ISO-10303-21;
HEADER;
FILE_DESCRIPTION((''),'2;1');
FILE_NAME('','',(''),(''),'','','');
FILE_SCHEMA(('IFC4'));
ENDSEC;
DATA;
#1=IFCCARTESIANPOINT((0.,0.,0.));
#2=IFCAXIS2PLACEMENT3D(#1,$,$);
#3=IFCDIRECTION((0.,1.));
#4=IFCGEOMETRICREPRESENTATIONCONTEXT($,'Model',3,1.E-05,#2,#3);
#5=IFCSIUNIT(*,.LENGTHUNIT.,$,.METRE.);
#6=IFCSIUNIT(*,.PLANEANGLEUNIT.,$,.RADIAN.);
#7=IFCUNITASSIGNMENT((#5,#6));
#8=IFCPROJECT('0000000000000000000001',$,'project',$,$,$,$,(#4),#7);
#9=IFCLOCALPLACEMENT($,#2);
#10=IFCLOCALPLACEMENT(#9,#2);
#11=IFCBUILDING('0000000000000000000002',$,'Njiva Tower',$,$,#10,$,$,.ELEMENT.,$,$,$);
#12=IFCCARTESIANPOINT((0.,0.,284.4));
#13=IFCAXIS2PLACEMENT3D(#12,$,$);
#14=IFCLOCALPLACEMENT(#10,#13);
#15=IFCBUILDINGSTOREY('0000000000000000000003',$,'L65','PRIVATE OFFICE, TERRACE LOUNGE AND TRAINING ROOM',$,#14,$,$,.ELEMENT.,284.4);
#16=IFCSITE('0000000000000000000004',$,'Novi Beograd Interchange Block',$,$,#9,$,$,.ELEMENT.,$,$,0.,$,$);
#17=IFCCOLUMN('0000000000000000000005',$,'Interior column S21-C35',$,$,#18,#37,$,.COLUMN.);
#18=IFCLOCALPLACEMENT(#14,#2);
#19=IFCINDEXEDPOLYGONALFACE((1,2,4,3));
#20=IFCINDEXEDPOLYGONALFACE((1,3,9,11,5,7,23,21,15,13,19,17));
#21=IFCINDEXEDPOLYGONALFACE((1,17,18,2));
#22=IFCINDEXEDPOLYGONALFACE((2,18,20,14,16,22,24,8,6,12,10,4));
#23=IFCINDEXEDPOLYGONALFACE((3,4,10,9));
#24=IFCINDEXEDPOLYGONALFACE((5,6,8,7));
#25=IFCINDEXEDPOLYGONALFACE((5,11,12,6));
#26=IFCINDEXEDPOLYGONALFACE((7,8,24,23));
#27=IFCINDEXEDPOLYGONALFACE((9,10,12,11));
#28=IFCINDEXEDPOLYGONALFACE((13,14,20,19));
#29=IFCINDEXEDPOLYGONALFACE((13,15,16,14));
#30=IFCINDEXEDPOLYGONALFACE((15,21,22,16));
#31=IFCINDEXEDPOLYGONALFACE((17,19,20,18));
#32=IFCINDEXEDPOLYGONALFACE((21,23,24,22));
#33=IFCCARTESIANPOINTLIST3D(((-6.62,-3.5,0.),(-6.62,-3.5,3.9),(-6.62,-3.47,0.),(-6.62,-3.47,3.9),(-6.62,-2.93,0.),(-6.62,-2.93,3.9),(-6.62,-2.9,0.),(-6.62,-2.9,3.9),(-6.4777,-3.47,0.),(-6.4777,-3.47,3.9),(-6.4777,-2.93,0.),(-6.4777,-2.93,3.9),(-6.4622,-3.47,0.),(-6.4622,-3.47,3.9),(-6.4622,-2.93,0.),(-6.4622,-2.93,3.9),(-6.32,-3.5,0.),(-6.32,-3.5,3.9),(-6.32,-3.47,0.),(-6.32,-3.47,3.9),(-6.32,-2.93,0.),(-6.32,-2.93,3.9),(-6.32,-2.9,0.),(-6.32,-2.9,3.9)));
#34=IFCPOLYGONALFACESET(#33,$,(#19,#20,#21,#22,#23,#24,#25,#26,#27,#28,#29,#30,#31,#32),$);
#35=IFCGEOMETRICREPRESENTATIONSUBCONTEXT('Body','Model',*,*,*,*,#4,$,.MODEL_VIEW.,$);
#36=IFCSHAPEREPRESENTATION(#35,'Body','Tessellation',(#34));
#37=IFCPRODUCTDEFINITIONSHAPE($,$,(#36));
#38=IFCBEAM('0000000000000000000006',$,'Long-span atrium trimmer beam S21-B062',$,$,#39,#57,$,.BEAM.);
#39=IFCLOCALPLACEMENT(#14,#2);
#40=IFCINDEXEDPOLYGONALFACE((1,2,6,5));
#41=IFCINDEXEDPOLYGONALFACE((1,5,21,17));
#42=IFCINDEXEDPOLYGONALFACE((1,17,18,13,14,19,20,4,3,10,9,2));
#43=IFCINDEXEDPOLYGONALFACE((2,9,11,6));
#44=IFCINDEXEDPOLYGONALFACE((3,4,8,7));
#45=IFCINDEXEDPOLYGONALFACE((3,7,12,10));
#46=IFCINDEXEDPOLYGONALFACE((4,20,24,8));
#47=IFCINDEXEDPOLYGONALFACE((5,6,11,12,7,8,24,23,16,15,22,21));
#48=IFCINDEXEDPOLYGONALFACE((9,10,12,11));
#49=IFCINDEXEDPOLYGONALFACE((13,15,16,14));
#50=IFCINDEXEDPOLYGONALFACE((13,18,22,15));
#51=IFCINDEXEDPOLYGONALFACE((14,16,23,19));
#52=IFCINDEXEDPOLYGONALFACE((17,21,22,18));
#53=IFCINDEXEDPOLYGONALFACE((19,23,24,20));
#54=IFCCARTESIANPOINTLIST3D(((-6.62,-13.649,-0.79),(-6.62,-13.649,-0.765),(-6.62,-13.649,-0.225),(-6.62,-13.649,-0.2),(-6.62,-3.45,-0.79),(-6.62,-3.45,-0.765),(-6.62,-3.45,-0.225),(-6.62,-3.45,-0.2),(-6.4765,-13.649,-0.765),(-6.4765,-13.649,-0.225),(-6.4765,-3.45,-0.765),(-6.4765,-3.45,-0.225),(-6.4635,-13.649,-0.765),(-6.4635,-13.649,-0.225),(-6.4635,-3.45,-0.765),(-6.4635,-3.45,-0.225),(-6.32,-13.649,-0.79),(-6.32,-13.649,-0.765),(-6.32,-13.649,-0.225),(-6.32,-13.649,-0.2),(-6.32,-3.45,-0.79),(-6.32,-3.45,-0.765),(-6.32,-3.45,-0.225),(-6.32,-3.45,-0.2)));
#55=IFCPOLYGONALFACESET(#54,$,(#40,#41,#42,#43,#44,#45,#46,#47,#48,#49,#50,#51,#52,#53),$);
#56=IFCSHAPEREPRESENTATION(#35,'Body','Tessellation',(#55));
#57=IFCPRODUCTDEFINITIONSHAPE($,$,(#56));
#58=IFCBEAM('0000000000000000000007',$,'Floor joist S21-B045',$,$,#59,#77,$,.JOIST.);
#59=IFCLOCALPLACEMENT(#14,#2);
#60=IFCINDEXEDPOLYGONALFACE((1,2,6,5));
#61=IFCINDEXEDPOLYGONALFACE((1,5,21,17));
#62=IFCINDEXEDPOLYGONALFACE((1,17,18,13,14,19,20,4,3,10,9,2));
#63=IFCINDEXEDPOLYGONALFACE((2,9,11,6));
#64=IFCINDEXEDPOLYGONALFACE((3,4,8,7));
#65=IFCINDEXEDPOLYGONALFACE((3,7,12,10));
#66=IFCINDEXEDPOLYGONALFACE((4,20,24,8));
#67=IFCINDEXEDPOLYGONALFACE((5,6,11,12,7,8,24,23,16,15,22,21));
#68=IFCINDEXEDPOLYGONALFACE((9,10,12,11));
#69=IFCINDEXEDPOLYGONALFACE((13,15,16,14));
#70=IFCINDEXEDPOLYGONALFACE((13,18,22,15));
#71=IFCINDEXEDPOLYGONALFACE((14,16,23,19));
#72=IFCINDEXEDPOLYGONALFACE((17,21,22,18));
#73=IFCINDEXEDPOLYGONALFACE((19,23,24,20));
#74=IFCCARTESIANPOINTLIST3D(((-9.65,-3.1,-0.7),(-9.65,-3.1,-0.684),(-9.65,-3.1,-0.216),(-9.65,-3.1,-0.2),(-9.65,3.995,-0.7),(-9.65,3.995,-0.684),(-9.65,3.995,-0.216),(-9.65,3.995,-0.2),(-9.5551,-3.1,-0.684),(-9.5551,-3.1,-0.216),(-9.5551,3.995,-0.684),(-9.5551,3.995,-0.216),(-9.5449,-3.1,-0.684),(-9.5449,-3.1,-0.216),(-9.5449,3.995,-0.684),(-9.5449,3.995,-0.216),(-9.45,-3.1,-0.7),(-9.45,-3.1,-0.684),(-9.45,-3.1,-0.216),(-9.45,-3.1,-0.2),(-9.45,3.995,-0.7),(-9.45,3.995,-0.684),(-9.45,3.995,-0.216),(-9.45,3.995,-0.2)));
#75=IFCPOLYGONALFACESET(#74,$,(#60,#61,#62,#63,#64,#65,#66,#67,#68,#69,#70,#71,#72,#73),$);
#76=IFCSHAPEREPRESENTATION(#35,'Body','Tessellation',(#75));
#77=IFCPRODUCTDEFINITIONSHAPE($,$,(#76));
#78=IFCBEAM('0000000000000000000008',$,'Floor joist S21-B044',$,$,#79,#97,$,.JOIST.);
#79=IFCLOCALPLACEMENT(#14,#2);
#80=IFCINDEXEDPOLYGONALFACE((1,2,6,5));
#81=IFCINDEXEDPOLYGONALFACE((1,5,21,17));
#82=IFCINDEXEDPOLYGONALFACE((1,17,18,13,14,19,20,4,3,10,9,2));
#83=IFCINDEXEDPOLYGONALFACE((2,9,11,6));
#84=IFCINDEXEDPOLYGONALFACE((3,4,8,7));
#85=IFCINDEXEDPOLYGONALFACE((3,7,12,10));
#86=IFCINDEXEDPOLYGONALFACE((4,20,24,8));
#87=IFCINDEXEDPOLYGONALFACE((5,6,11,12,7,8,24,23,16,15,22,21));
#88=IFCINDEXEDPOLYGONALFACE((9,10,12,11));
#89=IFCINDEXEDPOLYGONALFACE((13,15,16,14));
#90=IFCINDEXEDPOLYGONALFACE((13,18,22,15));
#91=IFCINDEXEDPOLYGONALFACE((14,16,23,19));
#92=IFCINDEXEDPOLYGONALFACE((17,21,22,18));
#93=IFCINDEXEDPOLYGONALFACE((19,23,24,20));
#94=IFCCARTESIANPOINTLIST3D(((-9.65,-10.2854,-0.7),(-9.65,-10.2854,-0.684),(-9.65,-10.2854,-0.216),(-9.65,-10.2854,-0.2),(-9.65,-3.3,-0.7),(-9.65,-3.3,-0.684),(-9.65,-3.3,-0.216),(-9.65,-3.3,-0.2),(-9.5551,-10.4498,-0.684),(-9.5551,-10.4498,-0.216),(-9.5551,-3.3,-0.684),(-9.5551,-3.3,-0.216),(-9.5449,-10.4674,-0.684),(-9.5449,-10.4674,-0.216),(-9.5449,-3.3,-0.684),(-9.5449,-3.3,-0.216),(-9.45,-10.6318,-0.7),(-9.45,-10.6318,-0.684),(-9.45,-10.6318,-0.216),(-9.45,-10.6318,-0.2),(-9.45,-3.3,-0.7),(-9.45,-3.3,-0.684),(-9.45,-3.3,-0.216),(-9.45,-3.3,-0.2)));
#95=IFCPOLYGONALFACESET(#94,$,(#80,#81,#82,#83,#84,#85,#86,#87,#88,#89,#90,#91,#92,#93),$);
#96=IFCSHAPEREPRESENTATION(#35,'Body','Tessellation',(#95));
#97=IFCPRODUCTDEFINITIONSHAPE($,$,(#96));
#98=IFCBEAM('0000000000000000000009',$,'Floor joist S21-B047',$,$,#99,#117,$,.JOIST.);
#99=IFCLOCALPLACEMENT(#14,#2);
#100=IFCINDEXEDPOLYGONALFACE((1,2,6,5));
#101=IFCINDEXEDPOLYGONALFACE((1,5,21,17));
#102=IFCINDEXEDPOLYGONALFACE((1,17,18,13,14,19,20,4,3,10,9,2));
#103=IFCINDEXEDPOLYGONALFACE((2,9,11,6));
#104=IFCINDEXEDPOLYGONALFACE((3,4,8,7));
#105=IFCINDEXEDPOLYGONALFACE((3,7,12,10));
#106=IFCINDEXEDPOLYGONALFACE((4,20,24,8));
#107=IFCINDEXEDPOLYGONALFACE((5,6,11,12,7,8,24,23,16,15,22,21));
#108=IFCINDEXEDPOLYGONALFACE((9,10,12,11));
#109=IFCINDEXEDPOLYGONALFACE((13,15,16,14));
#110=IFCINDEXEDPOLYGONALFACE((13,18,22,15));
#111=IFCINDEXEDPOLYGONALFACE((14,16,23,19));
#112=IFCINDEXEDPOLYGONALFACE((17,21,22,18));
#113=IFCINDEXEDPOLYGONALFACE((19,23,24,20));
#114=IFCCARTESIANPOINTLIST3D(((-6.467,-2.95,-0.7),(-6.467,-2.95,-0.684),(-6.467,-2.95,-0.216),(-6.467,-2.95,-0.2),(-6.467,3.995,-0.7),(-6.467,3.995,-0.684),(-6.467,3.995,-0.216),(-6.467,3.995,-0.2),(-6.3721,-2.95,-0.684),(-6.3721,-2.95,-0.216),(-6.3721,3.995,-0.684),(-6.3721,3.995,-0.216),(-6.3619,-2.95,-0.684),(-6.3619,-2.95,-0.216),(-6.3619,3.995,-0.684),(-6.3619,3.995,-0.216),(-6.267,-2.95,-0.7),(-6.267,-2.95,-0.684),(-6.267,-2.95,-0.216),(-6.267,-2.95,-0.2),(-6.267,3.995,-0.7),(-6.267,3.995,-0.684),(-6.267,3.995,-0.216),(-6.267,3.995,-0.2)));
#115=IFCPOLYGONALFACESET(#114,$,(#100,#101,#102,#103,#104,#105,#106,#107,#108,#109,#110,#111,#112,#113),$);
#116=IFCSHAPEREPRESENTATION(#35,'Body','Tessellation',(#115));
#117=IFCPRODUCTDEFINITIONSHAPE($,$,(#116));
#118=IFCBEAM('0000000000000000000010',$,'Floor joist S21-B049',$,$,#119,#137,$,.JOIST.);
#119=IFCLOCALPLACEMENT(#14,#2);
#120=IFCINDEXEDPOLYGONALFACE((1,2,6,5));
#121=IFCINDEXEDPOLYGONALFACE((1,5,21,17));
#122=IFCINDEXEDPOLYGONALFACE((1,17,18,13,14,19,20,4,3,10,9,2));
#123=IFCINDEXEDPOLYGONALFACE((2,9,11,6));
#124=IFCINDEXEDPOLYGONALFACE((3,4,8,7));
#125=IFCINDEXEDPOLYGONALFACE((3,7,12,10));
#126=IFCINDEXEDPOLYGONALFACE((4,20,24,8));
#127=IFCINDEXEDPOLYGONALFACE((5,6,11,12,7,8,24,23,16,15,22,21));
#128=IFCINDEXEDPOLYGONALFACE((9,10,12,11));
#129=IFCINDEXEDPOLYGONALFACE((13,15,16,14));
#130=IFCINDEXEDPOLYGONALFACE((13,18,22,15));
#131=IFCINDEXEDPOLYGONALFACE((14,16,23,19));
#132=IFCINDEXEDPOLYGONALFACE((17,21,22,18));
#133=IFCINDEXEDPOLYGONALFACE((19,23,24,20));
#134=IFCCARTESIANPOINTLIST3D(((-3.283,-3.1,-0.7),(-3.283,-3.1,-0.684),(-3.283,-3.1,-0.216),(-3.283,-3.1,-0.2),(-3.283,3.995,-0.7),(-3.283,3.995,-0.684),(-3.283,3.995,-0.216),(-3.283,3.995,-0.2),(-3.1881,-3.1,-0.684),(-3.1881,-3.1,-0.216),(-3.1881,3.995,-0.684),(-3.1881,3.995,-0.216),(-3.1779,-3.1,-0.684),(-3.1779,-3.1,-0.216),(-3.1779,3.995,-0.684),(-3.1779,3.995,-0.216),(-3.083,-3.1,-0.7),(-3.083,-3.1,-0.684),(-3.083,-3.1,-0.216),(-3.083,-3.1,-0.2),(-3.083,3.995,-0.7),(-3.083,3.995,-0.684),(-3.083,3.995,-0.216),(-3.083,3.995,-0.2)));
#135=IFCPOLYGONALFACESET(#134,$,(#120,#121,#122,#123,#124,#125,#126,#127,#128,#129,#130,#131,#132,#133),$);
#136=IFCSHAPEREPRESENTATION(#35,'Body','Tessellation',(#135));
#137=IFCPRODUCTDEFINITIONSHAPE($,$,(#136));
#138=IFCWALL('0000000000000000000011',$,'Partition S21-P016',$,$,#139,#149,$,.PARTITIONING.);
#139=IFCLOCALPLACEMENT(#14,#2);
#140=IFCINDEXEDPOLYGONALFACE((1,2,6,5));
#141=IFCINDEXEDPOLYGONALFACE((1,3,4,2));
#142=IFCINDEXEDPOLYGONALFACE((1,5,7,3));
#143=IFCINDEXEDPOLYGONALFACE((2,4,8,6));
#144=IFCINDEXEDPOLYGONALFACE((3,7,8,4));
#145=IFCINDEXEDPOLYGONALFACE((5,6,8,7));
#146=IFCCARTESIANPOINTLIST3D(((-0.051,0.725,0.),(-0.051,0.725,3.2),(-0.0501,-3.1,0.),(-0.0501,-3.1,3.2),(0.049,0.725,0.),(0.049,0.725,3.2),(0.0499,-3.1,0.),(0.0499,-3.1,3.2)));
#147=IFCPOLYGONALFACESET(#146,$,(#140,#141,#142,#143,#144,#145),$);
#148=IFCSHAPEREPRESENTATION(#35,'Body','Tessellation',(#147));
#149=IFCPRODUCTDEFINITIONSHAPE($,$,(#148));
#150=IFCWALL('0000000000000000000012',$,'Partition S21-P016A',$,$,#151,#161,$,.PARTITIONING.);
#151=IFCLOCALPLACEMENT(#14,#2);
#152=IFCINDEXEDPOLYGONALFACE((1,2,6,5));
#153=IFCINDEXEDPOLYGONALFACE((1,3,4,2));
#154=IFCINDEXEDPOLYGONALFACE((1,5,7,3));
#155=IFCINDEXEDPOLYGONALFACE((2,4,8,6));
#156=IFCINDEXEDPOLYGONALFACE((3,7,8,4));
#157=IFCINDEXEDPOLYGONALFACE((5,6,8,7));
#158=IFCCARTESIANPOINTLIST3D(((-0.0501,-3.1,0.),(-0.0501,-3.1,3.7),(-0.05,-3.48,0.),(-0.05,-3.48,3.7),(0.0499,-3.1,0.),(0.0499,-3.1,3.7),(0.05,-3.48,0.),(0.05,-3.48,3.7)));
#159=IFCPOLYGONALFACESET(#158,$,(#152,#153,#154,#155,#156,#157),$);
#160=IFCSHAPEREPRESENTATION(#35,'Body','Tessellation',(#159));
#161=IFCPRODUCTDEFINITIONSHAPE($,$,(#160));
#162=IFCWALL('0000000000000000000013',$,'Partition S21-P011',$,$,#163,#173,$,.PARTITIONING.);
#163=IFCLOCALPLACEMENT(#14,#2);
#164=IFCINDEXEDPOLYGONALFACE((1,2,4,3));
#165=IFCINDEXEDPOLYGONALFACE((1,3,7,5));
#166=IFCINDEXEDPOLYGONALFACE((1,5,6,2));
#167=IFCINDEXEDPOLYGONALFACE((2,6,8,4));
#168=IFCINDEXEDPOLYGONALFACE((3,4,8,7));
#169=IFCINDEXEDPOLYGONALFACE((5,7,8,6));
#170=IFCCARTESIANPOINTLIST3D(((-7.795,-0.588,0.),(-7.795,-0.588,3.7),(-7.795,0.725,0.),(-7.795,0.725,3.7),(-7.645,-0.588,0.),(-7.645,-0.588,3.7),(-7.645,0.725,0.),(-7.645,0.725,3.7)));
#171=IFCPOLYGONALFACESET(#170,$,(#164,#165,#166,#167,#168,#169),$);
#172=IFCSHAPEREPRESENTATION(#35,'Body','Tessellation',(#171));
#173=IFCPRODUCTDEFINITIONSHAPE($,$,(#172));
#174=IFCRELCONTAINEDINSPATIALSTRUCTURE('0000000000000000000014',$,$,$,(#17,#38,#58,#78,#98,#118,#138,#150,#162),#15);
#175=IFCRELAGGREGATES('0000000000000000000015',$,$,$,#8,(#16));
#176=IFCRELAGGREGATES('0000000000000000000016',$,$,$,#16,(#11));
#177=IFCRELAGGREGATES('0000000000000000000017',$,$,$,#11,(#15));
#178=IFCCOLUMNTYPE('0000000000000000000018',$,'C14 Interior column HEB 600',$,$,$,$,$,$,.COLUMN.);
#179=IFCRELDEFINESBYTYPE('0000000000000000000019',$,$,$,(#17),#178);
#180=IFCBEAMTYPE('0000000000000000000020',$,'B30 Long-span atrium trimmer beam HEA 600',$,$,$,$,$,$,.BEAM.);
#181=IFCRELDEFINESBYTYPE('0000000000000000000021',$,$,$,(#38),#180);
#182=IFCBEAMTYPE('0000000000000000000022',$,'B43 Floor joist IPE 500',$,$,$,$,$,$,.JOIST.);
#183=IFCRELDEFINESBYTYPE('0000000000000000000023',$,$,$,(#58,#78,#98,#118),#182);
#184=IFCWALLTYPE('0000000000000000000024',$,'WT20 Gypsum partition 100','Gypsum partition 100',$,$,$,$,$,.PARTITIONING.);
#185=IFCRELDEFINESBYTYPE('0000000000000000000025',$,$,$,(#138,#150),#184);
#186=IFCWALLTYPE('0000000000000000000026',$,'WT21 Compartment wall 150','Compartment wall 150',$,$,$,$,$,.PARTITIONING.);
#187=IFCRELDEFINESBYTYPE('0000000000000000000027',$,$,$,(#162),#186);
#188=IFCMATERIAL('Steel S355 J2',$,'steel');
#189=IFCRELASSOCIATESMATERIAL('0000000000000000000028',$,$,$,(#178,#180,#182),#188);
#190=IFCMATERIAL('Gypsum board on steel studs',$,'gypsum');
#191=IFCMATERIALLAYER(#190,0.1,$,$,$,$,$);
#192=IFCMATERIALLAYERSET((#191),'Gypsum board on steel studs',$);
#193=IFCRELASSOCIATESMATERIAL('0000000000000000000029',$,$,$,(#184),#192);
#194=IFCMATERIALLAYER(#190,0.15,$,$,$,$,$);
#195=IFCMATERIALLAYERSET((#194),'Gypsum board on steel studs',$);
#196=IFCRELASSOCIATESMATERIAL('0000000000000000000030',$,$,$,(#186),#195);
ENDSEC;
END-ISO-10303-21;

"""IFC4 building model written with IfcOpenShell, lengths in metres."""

from ifc_helpers import new_model, si_unit, direction, frame, frame_2d, origin, origin_2d, place, context, subcontext, project, spatial, rectangle, i_section, extrude, clip, halfspace, material, layer, layer_set, material_profile, profile_set, type_object, element, save


model = new_model("IFC4")

# Units and contexts
model_context = context("Model", 3, precision=1e-05, world=origin(), true_north=direction((0.0, 1.0)))
body_context = subcontext(model_context, "Body", "Model", "MODEL_VIEW")
ifc_project = project(units=[si_unit("LENGTHUNIT", "METRE"), si_unit("PLANEANGLEUNIT", "RADIAN")], contexts=[model_context])

# Site, building, storey
site_placement = place(None, origin())
site = spatial("IfcSite", under=ifc_project, at=site_placement, Name="Novi Beograd Interchange Block", CompositionType="ELEMENT", RefElevation=0.0)
building_placement = place(site_placement, origin())
building = spatial("IfcBuilding", under=site, at=building_placement, Name="Njiva Tower", CompositionType="ELEMENT")
storey_placement = place(building_placement, frame((0.0, 0.0, 284.4)))
storey = spatial("IfcBuildingStorey", under=building, at=storey_placement, Name="L65", Description="PRIVATE OFFICE, TERRACE LOUNGE AND TRAINING ROOM", CompositionType="ELEMENT", Elevation=284.4)

# Column
ifc_material_1 = material(Name="Steel S355 J2", Category="steel")
ifc_material_profile_1 = material_profile(ifc_material_1, i_section(OverallWidth=0.3, OverallDepth=0.6, WebThickness=0.0155, FlangeThickness=0.03, at=origin_2d()), Name="HEB 600")
ifc_profile_set_1 = profile_set([ifc_material_profile_1], Name="Steel S355 J2")
column_type = type_object("IfcColumnType", Name="C14 Interior column HEB 600", PredefinedType="COLUMN", material=ifc_profile_set_1)
column_placement = place(storey_placement, frame((-6.47, -3.2, 0.0), z_axis=(0.0, 0.0, 1.0), x_axis=(1.0, 0.0, 0.0)))
element("IfcColumn", 1, at=column_placement, inside=storey, type_object=column_type, Name="Interior column S21-C35", PredefinedType="COLUMN", context=body_context, shape_type="SweptSolid", body=[
    extrude(i_section(OverallWidth=0.3, OverallDepth=0.6, WebThickness=0.0155, FlangeThickness=0.03, at=origin_2d()), origin(), (0.0, 0.0, 1.0), 3.9),
])

# Beams
ifc_material_profile_2 = material_profile(ifc_material_1, i_section(OverallWidth=0.3, OverallDepth=0.59, WebThickness=0.013, FlangeThickness=0.025, at=origin_2d()), Name="HEA 600")
ifc_profile_set_2 = profile_set([ifc_material_profile_2], Name="Steel S355 J2")
beam_type_1 = type_object("IfcBeamType", Name="B30 Long-span atrium trimmer beam HEA 600", PredefinedType="BEAM", material=ifc_profile_set_2)
beam_1_placement = place(storey_placement, frame((-6.47, -3.45, -0.495), z_axis=(0.0, -1.0, 0.0), x_axis=(1.0, 0.0, 0.0)))
element("IfcBeam", 2, at=beam_1_placement, inside=storey, type_object=beam_type_1, Name="Long-span atrium trimmer beam S21-B062", PredefinedType="BEAM", context=body_context, shape_type="SweptSolid", body=[
    extrude(i_section(OverallWidth=0.3, OverallDepth=0.59, WebThickness=0.013, FlangeThickness=0.025, at=origin_2d()), origin(), (0.0, 0.0, 1.0), 10.199),
])
ifc_material_profile_3 = material_profile(ifc_material_1, i_section(OverallWidth=0.2, OverallDepth=0.5, WebThickness=0.0102, FlangeThickness=0.016, at=origin_2d()), Name="IPE 500")
ifc_profile_set_3 = profile_set([ifc_material_profile_3], Name="Steel S355 J2")
beam_type_2 = type_object("IfcBeamType", Name="B43 Floor joist IPE 500", PredefinedType="JOIST", material=ifc_profile_set_3)
beam_2_placement = place(storey_placement, frame((-9.55, 3.995, -0.45), z_axis=(0.0, -1.0, 0.0), x_axis=(1.0, 0.0, 0.0)))
element("IfcBeam", 3, at=beam_2_placement, inside=storey, type_object=beam_type_2, Name="Floor joist S21-B045", PredefinedType="JOIST", context=body_context, shape_type="SweptSolid", body=[
    extrude(i_section(OverallWidth=0.2, OverallDepth=0.5, WebThickness=0.0102, FlangeThickness=0.016, at=origin_2d()), origin(), (0.0, 0.0, 1.0), 7.095),
])
beam_3_placement = place(storey_placement, frame((-9.55, -3.3, -0.45), z_axis=(0.0, -1.0, 0.0), x_axis=(1.0, 0.0, 0.0)))
element("IfcBeam", 4, at=beam_3_placement, inside=storey, type_object=beam_type_2, Name="Floor joist S21-B044", PredefinedType="JOIST", context=body_context, shape_type="Clipping", body=[
    clip(extrude(i_section(OverallWidth=0.2, OverallDepth=0.5, WebThickness=0.0102, FlangeThickness=0.016, at=origin_2d()), origin(), (0.0, 0.0, 1.0), 7.352), halfspace(frame((-0.0433, 0.0, 7.0836), z_axis=(-0.866027, 0.0, 0.499998), x_axis=(0.0, 1.0, 0.0)), False)),
])
beam_4_placement = place(storey_placement, frame((-6.367, 3.995, -0.45), z_axis=(0.0, -1.0, 0.0), x_axis=(1.0, 0.0, 0.0)))
element("IfcBeam", 5, at=beam_4_placement, inside=storey, type_object=beam_type_2, Name="Floor joist S21-B047", PredefinedType="JOIST", context=body_context, shape_type="SweptSolid", body=[
    extrude(i_section(OverallWidth=0.2, OverallDepth=0.5, WebThickness=0.0102, FlangeThickness=0.016, at=origin_2d()), origin(), (0.0, 0.0, 1.0), 6.945),
])
beam_5_placement = place(storey_placement, frame((-3.183, 3.995, -0.45), z_axis=(0.0, -1.0, 0.0), x_axis=(1.0, 0.0, 0.0)))
element("IfcBeam", 6, at=beam_5_placement, inside=storey, type_object=beam_type_2, Name="Floor joist S21-B049", PredefinedType="JOIST", context=body_context, shape_type="SweptSolid", body=[
    extrude(i_section(OverallWidth=0.2, OverallDepth=0.5, WebThickness=0.0102, FlangeThickness=0.016, at=origin_2d()), origin(), (0.0, 0.0, 1.0), 7.095),
])

# Walls
ifc_material_2 = material(Name="Gypsum board on steel studs", Category="gypsum")
ifc_layer_1 = layer(ifc_material_2, 0.1)
ifc_layer_set_1 = layer_set([ifc_layer_1], Name="Gypsum board on steel studs")
wall_type_1 = type_object("IfcWallType", Name="WT20 Gypsum partition 100", Description="Gypsum partition 100", PredefinedType="PARTITIONING", material=ifc_layer_set_1)
wall_1_placement = place(storey_placement, frame((-0.001, 0.725, 0.0), z_axis=(0.0, 0.0, 1.0), x_axis=(0.000235, -1.0, 0.0)))
element("IfcWall", 7, at=wall_1_placement, inside=storey, type_object=wall_type_1, Name="Partition S21-P016", PredefinedType="PARTITIONING", context=body_context, shape_type="SweptSolid", body=[
    extrude(rectangle(XDim=3.825, YDim=0.1, at=frame_2d((1.9125, 0.0))), origin(), (0.0, 0.0, 1.0), 3.2),
])
wall_2_placement = place(storey_placement, frame((-0.0001, -3.1, 0.0), z_axis=(0.0, 0.0, 1.0), x_axis=(0.000263, -1.0, 0.0)))
element("IfcWall", 8, at=wall_2_placement, inside=storey, type_object=wall_type_1, Name="Partition S21-P016A", PredefinedType="PARTITIONING", context=body_context, shape_type="SweptSolid", body=[
    extrude(rectangle(XDim=0.38, YDim=0.1, at=frame_2d((0.19, 0.0))), origin(), (0.0, 0.0, 1.0), 3.7),
])
ifc_layer_2 = layer(ifc_material_2, 0.15)
ifc_layer_set_2 = layer_set([ifc_layer_2], Name="Gypsum board on steel studs")
wall_type_2 = type_object("IfcWallType", Name="WT21 Compartment wall 150", Description="Compartment wall 150", PredefinedType="PARTITIONING", material=ifc_layer_set_2)
wall_3_placement = place(storey_placement, frame((-7.72, -0.588, 0.0), z_axis=(0.0, 0.0, 1.0), x_axis=(0.0, 1.0, 0.0)))
element("IfcWall", 9, at=wall_3_placement, inside=storey, type_object=wall_type_2, Name="Partition S21-P011", PredefinedType="PARTITIONING", context=body_context, shape_type="SweptSolid", body=[
    extrude(rectangle(XDim=1.313, YDim=0.15, at=frame_2d((0.6565, 0.0))), origin(), (0.0, 0.0, 1.0), 3.7),
])

save(model, "model.ifc")
